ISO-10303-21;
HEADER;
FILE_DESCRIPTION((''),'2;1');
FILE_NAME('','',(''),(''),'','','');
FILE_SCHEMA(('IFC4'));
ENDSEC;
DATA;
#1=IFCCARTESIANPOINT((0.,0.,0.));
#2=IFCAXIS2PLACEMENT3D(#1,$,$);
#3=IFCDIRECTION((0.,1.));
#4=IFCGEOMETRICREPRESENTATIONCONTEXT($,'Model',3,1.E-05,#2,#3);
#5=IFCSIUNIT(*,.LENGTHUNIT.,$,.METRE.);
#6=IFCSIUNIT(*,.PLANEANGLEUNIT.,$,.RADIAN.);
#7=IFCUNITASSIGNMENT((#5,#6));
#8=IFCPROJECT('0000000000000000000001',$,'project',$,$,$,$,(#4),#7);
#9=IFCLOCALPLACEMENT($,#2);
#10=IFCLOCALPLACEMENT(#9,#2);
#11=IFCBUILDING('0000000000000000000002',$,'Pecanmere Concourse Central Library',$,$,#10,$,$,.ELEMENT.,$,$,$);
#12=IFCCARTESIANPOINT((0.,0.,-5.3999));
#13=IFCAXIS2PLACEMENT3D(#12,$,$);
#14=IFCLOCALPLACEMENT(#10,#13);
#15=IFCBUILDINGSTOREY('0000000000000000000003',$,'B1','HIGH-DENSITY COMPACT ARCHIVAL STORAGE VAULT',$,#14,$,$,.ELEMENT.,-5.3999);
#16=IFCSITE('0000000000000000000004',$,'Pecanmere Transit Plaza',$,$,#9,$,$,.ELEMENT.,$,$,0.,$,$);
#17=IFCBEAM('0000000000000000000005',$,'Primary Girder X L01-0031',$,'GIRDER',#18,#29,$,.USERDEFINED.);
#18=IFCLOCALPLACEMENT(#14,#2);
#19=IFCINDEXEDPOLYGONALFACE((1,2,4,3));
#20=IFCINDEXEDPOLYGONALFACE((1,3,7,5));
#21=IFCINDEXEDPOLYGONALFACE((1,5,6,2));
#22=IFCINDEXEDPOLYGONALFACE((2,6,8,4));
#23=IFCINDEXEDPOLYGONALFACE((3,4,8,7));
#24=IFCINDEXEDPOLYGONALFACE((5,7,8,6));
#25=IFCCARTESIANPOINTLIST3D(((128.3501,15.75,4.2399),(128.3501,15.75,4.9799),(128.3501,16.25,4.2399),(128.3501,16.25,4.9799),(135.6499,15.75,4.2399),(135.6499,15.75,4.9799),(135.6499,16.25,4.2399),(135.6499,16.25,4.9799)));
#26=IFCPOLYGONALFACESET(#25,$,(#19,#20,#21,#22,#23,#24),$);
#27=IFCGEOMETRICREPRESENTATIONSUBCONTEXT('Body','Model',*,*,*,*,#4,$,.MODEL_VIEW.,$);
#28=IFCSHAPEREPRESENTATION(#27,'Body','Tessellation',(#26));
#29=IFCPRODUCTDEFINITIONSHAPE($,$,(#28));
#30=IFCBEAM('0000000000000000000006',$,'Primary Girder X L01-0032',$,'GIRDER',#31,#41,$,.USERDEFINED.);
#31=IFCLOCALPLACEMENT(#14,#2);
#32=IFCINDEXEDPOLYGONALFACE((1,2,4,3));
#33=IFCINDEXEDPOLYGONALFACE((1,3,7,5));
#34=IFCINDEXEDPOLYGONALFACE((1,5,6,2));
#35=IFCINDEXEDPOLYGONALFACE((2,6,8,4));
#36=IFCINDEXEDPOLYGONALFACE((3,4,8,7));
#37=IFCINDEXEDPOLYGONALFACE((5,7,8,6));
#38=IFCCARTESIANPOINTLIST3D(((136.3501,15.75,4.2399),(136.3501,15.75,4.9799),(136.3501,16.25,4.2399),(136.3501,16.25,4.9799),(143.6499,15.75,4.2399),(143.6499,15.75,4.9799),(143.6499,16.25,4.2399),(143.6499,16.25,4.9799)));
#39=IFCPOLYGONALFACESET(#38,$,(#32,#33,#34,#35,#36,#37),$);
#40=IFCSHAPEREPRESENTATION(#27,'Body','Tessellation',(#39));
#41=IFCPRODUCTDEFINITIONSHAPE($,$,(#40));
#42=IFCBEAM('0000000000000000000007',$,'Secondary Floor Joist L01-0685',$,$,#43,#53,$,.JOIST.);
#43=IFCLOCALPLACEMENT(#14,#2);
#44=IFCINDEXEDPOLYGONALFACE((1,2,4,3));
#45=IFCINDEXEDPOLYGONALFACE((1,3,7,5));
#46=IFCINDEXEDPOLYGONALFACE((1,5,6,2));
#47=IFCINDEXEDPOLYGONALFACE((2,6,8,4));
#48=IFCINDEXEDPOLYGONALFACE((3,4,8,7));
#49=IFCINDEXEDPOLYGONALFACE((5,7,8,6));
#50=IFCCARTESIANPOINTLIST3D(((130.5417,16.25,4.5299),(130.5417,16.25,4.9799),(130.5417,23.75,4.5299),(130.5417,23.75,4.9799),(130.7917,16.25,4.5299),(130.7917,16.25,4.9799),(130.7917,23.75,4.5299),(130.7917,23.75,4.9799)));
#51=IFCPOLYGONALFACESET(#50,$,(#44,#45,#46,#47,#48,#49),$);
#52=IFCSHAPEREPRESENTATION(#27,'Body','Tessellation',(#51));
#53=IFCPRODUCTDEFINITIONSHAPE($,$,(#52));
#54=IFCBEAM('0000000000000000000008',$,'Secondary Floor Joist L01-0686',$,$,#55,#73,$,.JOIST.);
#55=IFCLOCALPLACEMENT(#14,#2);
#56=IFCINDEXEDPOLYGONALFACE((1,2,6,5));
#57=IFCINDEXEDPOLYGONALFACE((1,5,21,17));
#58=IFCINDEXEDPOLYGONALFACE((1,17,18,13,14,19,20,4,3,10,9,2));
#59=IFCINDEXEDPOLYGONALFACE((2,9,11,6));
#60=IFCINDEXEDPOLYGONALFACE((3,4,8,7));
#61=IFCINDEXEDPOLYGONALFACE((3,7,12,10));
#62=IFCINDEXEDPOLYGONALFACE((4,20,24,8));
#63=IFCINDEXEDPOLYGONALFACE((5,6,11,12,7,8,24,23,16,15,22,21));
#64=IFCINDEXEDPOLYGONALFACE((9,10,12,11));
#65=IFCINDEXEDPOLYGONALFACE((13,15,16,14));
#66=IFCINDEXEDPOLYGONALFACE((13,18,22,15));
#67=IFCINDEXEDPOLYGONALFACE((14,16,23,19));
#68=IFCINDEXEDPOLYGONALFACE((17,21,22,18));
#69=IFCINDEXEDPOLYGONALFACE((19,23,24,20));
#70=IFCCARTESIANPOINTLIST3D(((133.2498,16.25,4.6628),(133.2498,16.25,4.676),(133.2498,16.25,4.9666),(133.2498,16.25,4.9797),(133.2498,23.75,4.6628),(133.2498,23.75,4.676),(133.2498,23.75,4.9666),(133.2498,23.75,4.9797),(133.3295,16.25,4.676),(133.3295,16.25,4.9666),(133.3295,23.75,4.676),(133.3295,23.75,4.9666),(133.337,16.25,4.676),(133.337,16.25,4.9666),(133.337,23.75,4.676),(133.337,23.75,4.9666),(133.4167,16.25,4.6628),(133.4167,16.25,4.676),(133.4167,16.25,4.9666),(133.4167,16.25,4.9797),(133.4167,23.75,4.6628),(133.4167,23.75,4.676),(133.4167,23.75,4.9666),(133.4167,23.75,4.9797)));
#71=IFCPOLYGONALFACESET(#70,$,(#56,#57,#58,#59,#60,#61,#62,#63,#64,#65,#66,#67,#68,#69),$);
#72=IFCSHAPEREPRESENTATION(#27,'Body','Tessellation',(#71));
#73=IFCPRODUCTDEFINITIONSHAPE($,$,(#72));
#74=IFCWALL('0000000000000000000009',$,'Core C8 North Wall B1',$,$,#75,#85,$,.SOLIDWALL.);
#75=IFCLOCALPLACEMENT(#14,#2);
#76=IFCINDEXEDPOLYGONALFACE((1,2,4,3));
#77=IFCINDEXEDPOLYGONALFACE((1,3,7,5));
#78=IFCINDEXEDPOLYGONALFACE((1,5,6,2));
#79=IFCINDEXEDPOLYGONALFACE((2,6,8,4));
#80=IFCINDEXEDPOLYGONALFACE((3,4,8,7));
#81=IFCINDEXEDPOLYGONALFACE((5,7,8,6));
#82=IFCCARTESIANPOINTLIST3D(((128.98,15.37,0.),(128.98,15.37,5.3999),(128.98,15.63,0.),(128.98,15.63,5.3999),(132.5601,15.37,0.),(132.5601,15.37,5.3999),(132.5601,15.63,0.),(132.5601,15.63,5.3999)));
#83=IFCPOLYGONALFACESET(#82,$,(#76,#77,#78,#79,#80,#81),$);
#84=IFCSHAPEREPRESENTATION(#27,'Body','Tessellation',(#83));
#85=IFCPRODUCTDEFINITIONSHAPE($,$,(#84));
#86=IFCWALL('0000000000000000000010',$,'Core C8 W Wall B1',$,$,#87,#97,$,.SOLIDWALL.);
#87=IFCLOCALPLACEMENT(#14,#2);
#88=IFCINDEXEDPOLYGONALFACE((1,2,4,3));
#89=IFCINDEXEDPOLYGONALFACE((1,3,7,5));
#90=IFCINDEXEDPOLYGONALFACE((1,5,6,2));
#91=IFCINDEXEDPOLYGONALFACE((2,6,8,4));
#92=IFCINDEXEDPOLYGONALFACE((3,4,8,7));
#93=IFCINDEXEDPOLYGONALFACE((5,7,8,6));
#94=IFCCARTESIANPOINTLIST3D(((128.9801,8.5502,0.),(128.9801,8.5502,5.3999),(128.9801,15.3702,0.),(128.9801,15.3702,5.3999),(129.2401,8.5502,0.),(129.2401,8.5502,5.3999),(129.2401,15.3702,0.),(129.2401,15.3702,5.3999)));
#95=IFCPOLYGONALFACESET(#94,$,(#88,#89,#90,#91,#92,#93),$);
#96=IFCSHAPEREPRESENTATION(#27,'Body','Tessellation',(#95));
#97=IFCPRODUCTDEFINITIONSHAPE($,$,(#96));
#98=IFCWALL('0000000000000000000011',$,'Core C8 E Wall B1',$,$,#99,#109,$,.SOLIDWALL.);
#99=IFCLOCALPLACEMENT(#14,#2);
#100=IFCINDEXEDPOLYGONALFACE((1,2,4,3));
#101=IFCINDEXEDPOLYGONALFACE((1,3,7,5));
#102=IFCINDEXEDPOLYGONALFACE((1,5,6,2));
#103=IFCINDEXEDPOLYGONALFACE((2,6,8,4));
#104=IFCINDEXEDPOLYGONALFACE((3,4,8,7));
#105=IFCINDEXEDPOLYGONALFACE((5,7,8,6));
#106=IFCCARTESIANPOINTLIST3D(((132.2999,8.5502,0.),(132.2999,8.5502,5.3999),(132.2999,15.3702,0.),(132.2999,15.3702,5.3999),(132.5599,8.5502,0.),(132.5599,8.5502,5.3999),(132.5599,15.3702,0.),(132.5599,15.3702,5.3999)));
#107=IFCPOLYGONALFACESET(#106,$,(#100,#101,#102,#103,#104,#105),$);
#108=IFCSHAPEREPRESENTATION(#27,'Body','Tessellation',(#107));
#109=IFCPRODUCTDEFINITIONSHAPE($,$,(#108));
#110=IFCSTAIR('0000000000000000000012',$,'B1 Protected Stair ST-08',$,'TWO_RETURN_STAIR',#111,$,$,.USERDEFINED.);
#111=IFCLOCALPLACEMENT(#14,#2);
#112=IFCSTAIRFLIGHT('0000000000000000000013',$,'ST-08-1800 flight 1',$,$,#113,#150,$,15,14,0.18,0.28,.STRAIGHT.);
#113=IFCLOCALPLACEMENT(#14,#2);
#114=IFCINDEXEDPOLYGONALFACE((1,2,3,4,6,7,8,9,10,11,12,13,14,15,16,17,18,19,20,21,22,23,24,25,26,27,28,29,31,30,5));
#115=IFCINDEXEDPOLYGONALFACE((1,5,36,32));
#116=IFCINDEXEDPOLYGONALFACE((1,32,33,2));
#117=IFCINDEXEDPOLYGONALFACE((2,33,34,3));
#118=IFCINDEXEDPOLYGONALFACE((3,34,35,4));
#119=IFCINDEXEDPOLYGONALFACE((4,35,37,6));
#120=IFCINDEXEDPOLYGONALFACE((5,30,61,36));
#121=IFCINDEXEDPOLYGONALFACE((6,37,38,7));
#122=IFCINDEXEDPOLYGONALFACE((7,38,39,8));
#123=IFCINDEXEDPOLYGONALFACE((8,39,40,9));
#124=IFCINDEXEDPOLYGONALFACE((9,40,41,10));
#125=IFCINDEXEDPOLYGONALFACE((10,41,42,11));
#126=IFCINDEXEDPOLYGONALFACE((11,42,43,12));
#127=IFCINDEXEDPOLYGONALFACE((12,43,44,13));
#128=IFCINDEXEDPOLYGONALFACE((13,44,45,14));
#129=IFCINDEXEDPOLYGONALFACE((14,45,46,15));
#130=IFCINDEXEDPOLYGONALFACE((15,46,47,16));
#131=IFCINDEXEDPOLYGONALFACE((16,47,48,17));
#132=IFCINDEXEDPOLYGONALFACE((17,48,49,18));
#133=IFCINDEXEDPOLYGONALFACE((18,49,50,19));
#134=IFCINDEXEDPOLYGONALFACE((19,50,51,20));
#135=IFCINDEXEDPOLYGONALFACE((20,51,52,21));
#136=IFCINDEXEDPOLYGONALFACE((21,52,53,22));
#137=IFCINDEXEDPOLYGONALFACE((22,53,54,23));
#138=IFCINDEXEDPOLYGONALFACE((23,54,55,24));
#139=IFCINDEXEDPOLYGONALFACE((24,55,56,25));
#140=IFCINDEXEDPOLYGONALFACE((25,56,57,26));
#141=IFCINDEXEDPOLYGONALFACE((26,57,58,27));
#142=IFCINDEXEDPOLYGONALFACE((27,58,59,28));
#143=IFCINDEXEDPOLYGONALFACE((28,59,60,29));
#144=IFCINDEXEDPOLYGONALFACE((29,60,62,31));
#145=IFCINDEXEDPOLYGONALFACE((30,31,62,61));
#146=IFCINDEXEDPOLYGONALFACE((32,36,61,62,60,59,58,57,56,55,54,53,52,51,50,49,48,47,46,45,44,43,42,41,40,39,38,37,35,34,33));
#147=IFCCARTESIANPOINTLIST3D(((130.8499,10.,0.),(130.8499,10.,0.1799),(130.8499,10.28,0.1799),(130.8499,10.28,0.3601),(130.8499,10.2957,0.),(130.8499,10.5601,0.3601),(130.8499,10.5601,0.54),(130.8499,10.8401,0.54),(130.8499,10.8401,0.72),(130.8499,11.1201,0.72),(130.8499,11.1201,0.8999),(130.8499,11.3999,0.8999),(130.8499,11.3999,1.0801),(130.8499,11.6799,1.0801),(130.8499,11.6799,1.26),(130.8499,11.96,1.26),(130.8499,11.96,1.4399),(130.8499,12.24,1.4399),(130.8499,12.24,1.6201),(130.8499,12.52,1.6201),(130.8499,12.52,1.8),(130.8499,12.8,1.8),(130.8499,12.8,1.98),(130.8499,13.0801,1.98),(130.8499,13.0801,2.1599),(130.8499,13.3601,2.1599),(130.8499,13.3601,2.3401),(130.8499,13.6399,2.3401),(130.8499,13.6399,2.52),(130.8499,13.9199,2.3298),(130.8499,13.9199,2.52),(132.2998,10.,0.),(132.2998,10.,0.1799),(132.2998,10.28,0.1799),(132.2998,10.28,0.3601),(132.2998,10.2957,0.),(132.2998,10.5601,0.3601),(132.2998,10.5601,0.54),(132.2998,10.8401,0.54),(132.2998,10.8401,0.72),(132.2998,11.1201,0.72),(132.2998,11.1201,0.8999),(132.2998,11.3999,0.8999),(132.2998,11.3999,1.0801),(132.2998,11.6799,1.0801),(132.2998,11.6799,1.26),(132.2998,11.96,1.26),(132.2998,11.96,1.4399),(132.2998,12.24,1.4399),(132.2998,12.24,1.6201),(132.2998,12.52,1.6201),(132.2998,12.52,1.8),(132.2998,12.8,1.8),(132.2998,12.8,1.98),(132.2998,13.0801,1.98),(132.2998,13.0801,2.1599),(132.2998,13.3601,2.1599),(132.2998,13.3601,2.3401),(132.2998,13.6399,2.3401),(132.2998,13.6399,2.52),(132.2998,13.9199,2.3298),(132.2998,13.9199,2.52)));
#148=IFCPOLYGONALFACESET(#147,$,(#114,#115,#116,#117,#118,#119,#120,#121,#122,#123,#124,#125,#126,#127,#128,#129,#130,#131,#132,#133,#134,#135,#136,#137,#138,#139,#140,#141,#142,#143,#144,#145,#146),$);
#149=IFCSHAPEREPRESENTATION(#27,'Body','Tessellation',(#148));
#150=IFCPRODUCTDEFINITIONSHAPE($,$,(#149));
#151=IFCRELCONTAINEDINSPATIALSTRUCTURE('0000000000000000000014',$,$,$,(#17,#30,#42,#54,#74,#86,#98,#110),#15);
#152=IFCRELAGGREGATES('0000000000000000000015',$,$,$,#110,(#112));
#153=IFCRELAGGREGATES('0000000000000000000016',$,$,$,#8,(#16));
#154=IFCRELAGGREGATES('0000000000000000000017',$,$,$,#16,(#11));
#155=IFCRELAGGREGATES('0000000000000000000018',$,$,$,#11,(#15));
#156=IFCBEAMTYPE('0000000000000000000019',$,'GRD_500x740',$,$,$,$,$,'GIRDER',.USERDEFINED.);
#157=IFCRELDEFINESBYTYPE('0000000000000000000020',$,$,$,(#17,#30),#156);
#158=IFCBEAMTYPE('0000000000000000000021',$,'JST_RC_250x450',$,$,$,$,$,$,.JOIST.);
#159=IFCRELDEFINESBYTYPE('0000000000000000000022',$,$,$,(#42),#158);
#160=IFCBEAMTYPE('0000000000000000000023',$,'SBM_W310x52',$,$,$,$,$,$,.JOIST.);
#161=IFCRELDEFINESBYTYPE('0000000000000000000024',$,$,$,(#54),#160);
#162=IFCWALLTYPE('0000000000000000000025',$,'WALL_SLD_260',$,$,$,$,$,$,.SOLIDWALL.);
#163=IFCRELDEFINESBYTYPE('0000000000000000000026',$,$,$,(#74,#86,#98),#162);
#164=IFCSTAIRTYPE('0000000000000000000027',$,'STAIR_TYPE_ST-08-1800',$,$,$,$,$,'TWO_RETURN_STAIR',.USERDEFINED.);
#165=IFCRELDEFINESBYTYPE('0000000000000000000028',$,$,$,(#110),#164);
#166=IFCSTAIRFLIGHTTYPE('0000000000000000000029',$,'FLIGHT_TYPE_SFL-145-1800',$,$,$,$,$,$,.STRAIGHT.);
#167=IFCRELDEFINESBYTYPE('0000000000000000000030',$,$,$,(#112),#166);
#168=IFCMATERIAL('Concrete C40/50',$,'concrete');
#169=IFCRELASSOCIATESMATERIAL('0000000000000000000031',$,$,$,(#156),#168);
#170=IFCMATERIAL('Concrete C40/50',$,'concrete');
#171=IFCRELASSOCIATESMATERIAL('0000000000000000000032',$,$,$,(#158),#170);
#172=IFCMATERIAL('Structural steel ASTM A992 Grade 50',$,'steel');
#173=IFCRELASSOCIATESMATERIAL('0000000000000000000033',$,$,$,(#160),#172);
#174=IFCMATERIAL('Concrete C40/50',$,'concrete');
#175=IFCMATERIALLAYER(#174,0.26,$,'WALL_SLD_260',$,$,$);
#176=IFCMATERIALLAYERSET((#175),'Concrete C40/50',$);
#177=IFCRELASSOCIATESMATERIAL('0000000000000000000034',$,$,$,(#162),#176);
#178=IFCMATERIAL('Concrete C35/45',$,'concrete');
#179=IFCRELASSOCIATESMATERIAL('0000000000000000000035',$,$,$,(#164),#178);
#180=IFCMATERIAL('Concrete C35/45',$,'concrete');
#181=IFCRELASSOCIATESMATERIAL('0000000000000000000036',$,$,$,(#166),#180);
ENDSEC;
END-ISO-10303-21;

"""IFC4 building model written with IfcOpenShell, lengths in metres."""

from ifc_helpers import new_model, si_unit, direction, frame, frame_2d, origin, origin_2d, place, context, subcontext, project, spatial, polyline, rectangle, i_section, outline, extrude, material, layer, layer_set, material_profile, profile_set, type_object, element, aggregate, save


model = new_model("IFC4")

# Units and contexts
model_context = context("Model", 3, precision=1e-05, world=origin(), true_north=direction((0.0, 1.0)))
body_context = subcontext(model_context, "Body", "Model", "MODEL_VIEW")
ifc_project = project(units=[si_unit("LENGTHUNIT", "METRE"), si_unit("PLANEANGLEUNIT", "RADIAN")], contexts=[model_context])

# Site, building, storey
site_placement = place(None, origin())
site = spatial("IfcSite", under=ifc_project, at=site_placement, Name="Pecanmere Transit Plaza", CompositionType="ELEMENT", RefElevation=0.0)
building_placement = place(site_placement, origin())
building = spatial("IfcBuilding", under=site, at=building_placement, Name="Pecanmere Concourse Central Library", CompositionType="ELEMENT")
storey_placement = place(building_placement, frame((0.0, 0.0, -5.3999)))
storey = spatial("IfcBuildingStorey", under=building, at=storey_placement, Name="B1", Description="HIGH-DENSITY COMPACT ARCHIVAL STORAGE VAULT", CompositionType="ELEMENT", Elevation=-5.3999)

# Beams
ifc_material_1 = material(Name="Concrete C40/50", Category="concrete")
ifc_material_profile_1 = material_profile(ifc_material_1, rectangle(XDim=0.5, YDim=0.74, at=origin_2d()), Name="RC 500x740")
ifc_profile_set_1 = profile_set([ifc_material_profile_1], Name="Concrete C40/50")
beam_type_1 = type_object("IfcBeamType", Name="GRD_500x740", ElementType="GIRDER", PredefinedType="USERDEFINED", material=ifc_profile_set_1)
for number, where, z_axis, x_axis, name in (
    (1, (128.3501, 16.0, 4.6099), (1.0, 0.0, 0.0), (0.0, 1.0, 0.0), "Primary Girder X L01-0031"),
    (2, (136.3501, 16.0, 4.6099), (1.0, 0.0, 0.0), (0.0, 1.0, 0.0), "Primary Girder X L01-0032"),
):
    element("IfcBeam", number, at=place(storey_placement, frame(where, z_axis=z_axis, x_axis=x_axis)), inside=storey, type_object=beam_type_1, Name=name, ObjectType="GIRDER", PredefinedType="USERDEFINED", context=body_context, shape_type="SweptSolid", body=[
        extrude(rectangle(XDim=0.5, YDim=0.74, at=origin_2d()), origin(), (0.0, 0.0, 1.0), 7.2998),
    ])
ifc_material_2 = material(Name="Concrete C40/50", Category="concrete")
ifc_material_profile_2 = material_profile(ifc_material_2, rectangle(XDim=0.25, YDim=0.45, at=origin_2d()), Name="RC 250x450")
ifc_profile_set_2 = profile_set([ifc_material_profile_2], Name="Concrete C40/50")
beam_type_2 = type_object("IfcBeamType", Name="JST_RC_250x450", PredefinedType="JOIST", material=ifc_profile_set_2)
beam_1_placement = place(storey_placement, frame((130.6667, 16.25, 4.7549), z_axis=(0.0, 1.0, 0.0), x_axis=(-1.0, 0.0, 0.0)))
element("IfcBeam", 3, at=beam_1_placement, inside=storey, type_object=beam_type_2, Name="Secondary Floor Joist L01-0685", PredefinedType="JOIST", context=body_context, shape_type="SweptSolid", body=[
    extrude(rectangle(XDim=0.25, YDim=0.45, at=origin_2d()), origin(), (0.0, 0.0, 1.0), 7.5),
])
ifc_material_3 = material(Name="Structural steel ASTM A992 Grade 50", Category="steel")
ifc_material_profile_3 = material_profile(ifc_material_3, i_section(OverallWidth=0.167, OverallDepth=0.3169, WebThickness=0.0076, FlangeThickness=0.0132, at=origin_2d()), Name="W310x52")
ifc_profile_set_3 = profile_set([ifc_material_profile_3], Name="Structural steel ASTM A992 Grade 50")
beam_type_3 = type_object("IfcBeamType", Name="SBM_W310x52", PredefinedType="JOIST", material=ifc_profile_set_3)
beam_2_placement = place(storey_placement, frame((133.3333, 16.25, 4.8213), z_axis=(0.0, 1.0, 0.0), x_axis=(-1.0, 0.0, 0.0)))
element("IfcBeam", 4, at=beam_2_placement, inside=storey, type_object=beam_type_3, Name="Secondary Floor Joist L01-0686", PredefinedType="JOIST", context=body_context, shape_type="SweptSolid", body=[
    extrude(i_section(OverallWidth=0.167, OverallDepth=0.3169, WebThickness=0.0076, FlangeThickness=0.0132, at=origin_2d()), origin(), (0.0, 0.0, 1.0), 7.5),
])

# Walls
ifc_material_4 = material(Name="Concrete C40/50", Category="concrete")
ifc_layer = layer(ifc_material_4, 0.26, Name="WALL_SLD_260")
ifc_layer_set = layer_set([ifc_layer], Name="Concrete C40/50")
wall_type = type_object("IfcWallType", Name="WALL_SLD_260", PredefinedType="SOLIDWALL", material=ifc_layer_set)
wall_placement = place(storey_placement, frame((128.98, 15.5, 0.0), z_axis=(0.0, 0.0, 1.0), x_axis=(1.0, 0.0, 0.0)))
element("IfcWall", 5, at=wall_placement, inside=storey, type_object=wall_type, Name="Core C8 North Wall B1", PredefinedType="SOLIDWALL", context=body_context, shape_type="SweptSolid", body=[
    extrude(rectangle(XDim=3.5801, YDim=0.26, at=frame_2d((1.79, 0.0))), origin(), (0.0, 0.0, 1.0), 5.3999),
])
for number, where, z_axis, x_axis, name in (
    (6, (129.1101, 8.55, 0.0), (0.0, 0.0, 1.0), (0.0, 1.0, 0.0), "Core C8 W Wall B1"),
    (7, (132.4299, 8.55, 0.0), (0.0, 0.0, 1.0), (0.0, 1.0, 0.0), "Core C8 E Wall B1"),
):
    element("IfcWall", number, at=place(storey_placement, frame(where, z_axis=z_axis, x_axis=x_axis)), inside=storey, type_object=wall_type, Name=name, PredefinedType="SOLIDWALL", context=body_context, shape_type="SweptSolid", body=[
        extrude(rectangle(XDim=6.8201, YDim=0.26, at=frame_2d((3.4102, 0.0))), origin(), (0.0, 0.0, 1.0), 5.3999),
    ])

# Stair, stair flight
ifc_material_5 = material(Name="Concrete C35/45", Category="concrete")
stair_type = type_object("IfcStairType", Name="STAIR_TYPE_ST-08-1800", ElementType="TWO_RETURN_STAIR", PredefinedType="USERDEFINED", material=ifc_material_5)
stair_placement = place(storey_placement, origin())
stair = element("IfcStair", 8, at=stair_placement, inside=storey, type_object=stair_type, Name="B1 Protected Stair ST-08", ObjectType="TWO_RETURN_STAIR", PredefinedType="USERDEFINED")
ifc_material_6 = material(Name="Concrete C35/45", Category="concrete")
stair_flight_type = type_object("IfcStairFlightType", Name="FLIGHT_TYPE_SFL-145-1800", PredefinedType="STRAIGHT", material=ifc_material_6)
stair_flight_1_placement = place(storey_placement, frame((131.575, 10.0, 0.0), z_axis=(0.0, 0.0, 1.0), x_axis=(0.0, 1.0, 0.0)))
stair_flight_1 = element("IfcStairFlight", 9, at=stair_flight_1_placement, type_object=stair_flight_type, Name="ST-08-1800 flight 1", NumberOfRisers=15, NumberOfTreads=14, PredefinedType="STRAIGHT", RiserHeight=0.18, TreadLength=0.28, context=body_context, shape_type="SweptSolid", body=[
    extrude(outline(polyline([(0.0, 0.0), (0.0, 0.1799), (0.28, 0.1799), (0.28, 0.3601), (0.5601, 0.3601), (0.5601, 0.54), (0.8401, 0.54), (0.8401, 0.72), (1.1201, 0.72), (1.1201, 0.8999), (1.3999, 0.8999), (1.3999, 1.0801), (1.6799, 1.0801), (1.6799, 1.26), (1.96, 1.26), (1.96, 1.4399), (2.24, 1.4399), (2.24, 1.6201), (2.52, 1.6201), (2.52, 1.8), (2.8, 1.8), (2.8, 1.98), (3.0801, 1.98), (3.0801, 2.1599), (3.3601, 2.1599), (3.3601, 2.3401), (3.6399, 2.3401), (3.6399, 2.52), (3.9199, 2.52), (3.9199, 2.7), (3.9199, 2.3298), (0.2957, 0.0), (0.0, 0.0)])), frame((0.0, 0.7251, 0.0), z_axis=(0.0, -1.0, 0.0), x_axis=(1.0, 0.0, 0.0)), (0.0, 0.0, 1.0), 1.45),
])
aggregate(stair, [stair_flight_1])

save(model, "model.ifc")
